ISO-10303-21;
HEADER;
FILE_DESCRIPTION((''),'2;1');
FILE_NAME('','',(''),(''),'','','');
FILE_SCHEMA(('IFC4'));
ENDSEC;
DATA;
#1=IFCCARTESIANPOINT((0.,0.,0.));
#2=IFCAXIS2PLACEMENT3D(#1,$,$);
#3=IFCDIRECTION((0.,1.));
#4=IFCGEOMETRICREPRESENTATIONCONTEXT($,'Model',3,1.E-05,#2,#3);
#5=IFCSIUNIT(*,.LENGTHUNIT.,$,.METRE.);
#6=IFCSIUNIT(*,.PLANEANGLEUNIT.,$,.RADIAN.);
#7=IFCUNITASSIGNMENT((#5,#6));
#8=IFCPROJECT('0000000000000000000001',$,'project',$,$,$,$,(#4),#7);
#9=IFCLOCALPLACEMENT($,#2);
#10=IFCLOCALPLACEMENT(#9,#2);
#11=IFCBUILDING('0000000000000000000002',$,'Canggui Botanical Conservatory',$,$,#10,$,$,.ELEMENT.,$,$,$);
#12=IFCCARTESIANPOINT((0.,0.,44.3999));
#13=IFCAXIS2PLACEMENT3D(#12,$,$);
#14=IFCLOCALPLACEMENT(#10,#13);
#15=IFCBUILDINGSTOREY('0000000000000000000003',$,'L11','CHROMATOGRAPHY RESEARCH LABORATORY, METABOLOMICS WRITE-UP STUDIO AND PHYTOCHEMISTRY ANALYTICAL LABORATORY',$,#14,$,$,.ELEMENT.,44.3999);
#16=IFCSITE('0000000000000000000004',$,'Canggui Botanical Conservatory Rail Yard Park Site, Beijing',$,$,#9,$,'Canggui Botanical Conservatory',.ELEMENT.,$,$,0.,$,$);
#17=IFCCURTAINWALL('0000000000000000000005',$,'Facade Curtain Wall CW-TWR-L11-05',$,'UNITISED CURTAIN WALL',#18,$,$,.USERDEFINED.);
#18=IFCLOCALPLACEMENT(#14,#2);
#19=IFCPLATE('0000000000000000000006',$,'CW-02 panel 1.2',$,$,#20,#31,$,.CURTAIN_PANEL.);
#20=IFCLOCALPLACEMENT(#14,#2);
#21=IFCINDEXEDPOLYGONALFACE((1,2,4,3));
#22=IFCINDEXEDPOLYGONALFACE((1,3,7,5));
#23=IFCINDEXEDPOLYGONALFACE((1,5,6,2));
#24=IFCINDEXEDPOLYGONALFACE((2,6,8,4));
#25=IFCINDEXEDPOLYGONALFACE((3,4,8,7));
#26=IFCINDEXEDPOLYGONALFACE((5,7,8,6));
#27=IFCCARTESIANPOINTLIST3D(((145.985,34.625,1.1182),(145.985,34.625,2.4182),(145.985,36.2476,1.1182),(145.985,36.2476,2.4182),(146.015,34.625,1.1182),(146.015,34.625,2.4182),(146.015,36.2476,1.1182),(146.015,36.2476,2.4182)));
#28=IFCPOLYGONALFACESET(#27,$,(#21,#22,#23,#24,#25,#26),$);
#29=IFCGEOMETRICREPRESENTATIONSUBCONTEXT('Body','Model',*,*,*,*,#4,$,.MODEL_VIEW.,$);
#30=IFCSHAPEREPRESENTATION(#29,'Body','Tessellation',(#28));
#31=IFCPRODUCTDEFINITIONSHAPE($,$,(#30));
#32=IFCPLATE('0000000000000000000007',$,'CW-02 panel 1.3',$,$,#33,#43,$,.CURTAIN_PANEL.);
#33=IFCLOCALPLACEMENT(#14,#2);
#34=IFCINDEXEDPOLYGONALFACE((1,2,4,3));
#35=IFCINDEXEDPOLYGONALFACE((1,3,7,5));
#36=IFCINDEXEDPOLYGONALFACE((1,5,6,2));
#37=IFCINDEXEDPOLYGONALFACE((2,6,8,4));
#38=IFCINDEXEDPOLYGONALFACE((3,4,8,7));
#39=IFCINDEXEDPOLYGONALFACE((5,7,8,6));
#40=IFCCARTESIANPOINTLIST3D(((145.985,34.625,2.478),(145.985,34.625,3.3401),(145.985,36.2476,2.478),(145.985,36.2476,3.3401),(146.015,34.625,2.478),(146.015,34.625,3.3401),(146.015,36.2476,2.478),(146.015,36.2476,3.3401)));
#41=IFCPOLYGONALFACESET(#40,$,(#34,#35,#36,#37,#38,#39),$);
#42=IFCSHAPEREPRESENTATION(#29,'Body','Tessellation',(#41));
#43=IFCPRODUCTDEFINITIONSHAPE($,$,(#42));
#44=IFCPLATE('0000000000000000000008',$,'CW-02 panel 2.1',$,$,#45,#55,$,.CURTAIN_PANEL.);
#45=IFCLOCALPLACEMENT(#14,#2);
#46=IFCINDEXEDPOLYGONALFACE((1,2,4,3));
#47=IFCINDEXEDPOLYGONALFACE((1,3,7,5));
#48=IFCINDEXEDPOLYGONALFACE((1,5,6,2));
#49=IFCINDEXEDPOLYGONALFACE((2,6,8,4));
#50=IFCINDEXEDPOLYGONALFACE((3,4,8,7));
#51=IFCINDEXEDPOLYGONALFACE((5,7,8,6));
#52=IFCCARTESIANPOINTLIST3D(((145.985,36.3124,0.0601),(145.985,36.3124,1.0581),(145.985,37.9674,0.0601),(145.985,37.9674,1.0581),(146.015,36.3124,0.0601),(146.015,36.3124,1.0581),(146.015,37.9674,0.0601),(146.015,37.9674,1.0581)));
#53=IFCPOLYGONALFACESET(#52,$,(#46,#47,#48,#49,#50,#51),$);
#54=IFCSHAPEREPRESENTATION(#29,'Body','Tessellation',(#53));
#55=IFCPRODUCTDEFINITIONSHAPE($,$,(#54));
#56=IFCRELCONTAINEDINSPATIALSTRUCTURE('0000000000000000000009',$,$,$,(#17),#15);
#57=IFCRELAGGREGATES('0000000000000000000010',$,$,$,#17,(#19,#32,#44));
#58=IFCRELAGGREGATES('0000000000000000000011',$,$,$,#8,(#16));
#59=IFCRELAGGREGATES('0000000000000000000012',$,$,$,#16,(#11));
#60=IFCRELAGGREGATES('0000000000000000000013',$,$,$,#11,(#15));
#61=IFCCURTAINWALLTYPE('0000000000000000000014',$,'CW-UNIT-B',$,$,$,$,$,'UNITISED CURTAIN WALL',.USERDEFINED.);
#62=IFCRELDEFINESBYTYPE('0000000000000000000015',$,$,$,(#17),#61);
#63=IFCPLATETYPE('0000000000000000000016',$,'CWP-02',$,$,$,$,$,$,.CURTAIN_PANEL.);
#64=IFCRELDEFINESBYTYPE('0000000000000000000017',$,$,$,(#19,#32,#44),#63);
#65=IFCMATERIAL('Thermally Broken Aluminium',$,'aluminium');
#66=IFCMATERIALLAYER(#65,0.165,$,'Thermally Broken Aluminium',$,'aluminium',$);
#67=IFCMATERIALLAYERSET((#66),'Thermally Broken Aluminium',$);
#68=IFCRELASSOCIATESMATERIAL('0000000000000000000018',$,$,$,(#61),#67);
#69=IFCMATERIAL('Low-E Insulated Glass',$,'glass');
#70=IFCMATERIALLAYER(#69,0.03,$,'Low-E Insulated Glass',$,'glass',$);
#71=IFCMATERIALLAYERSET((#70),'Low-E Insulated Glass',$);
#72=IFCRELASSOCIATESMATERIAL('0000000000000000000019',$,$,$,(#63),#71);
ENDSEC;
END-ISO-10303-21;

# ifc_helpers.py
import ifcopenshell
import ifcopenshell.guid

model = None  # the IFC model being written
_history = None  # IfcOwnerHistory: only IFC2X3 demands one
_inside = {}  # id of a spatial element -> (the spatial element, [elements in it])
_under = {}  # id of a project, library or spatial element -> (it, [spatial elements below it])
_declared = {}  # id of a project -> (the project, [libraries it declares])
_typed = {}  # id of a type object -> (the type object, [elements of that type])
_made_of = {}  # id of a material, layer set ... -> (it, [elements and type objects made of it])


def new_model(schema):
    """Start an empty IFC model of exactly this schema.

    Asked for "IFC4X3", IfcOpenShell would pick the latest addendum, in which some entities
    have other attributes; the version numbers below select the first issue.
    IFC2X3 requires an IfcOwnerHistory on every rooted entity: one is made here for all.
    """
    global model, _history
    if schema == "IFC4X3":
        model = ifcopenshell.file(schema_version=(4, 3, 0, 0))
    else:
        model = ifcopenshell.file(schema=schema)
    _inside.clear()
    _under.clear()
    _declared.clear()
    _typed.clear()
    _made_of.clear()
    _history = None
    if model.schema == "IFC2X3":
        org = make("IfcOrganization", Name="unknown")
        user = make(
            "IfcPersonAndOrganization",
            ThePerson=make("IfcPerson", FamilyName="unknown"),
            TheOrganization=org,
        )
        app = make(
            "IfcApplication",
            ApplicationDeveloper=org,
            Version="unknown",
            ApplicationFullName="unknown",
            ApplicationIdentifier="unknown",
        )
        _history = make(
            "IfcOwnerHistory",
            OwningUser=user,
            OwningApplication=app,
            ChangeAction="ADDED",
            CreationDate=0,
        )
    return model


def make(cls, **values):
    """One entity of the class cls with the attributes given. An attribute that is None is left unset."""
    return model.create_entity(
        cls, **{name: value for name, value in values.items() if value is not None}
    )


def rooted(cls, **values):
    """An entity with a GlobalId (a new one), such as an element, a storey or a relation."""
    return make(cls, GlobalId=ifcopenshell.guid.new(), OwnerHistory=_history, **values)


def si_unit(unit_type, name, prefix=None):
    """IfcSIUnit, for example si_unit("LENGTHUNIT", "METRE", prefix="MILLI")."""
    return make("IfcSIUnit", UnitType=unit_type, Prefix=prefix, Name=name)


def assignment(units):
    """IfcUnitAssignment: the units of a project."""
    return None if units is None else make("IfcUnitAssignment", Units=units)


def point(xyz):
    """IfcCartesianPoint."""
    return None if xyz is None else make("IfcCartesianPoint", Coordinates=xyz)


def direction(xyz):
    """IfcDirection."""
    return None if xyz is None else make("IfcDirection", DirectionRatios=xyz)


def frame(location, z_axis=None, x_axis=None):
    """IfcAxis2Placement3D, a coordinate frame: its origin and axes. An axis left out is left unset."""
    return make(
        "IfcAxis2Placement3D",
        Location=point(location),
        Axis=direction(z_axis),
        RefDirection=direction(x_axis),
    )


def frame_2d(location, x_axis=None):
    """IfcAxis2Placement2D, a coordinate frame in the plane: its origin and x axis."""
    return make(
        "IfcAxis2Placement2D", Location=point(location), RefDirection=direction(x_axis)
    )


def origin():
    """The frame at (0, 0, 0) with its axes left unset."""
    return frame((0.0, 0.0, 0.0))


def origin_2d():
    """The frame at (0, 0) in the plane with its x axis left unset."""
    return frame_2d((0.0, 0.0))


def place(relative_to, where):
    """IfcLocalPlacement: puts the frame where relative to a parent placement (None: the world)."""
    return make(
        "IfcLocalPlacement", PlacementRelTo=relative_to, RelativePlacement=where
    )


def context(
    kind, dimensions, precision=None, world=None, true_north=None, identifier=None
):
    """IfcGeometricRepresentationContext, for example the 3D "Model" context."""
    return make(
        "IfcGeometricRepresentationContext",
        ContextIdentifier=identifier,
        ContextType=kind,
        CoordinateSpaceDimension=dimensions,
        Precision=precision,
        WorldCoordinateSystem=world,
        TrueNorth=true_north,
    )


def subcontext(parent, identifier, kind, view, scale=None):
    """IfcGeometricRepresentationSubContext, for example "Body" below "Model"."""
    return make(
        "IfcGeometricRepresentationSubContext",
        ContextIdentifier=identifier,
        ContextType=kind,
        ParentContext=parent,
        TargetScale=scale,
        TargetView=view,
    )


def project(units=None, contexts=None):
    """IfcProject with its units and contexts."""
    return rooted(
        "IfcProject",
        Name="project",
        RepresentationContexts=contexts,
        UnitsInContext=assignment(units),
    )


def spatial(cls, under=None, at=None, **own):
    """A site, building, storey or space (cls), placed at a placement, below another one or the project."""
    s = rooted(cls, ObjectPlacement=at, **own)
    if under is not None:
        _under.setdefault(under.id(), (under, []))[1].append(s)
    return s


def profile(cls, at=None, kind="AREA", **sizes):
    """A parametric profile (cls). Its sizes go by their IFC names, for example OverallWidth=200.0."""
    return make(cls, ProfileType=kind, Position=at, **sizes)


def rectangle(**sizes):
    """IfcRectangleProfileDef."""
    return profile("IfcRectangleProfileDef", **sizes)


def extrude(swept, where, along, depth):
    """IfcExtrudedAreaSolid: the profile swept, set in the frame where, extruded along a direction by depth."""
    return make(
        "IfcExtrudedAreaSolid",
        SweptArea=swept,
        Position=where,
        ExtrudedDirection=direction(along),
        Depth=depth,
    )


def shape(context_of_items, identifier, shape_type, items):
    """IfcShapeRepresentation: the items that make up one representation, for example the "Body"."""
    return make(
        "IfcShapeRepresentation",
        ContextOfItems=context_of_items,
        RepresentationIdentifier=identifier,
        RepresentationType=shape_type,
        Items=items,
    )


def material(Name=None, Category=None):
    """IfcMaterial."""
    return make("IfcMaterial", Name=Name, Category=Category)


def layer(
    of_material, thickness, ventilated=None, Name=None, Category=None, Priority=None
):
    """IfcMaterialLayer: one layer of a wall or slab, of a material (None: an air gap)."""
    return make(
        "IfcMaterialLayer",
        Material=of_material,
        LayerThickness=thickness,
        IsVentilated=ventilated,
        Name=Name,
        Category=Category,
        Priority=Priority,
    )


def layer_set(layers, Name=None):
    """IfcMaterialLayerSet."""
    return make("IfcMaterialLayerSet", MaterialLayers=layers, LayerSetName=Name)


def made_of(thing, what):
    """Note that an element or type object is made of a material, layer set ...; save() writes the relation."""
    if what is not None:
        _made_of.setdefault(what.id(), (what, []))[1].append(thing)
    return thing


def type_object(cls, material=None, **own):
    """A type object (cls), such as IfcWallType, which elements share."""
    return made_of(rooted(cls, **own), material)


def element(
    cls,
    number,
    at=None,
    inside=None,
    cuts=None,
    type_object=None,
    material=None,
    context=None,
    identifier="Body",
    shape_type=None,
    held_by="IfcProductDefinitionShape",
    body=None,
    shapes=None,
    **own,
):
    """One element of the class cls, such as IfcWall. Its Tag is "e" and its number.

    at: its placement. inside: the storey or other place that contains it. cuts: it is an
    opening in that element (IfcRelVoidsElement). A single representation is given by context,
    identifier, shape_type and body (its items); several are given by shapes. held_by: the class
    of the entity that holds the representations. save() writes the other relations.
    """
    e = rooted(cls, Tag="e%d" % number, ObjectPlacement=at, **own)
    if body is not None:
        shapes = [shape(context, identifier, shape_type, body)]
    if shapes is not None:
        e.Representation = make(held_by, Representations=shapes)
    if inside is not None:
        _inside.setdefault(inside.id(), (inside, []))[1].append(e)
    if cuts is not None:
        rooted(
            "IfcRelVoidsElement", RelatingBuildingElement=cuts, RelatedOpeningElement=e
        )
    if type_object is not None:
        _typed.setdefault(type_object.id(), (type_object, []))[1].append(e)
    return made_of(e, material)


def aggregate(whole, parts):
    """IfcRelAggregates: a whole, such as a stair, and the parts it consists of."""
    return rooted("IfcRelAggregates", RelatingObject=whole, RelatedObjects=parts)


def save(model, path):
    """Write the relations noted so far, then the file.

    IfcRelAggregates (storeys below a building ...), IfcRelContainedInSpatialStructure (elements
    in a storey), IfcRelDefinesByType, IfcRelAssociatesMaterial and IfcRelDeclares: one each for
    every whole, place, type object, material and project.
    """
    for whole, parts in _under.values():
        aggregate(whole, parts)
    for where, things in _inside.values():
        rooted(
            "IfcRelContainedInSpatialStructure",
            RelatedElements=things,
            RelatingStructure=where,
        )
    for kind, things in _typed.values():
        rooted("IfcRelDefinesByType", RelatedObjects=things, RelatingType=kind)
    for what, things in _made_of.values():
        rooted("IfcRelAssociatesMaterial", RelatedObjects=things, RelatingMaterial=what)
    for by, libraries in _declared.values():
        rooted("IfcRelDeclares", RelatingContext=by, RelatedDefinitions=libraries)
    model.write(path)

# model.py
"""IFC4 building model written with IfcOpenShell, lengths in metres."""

from ifc_helpers import new_model, si_unit, direction, frame, origin, origin_2d, place, context, subcontext, project, spatial, rectangle, extrude, material, layer, layer_set, type_object, element, aggregate, save


model = new_model("IFC4")

# Units and contexts
model_context = context("Model", 3, precision=1e-05, world=origin(), true_north=direction((0.0, 1.0)))
body_context = subcontext(model_context, "Body", "Model", "MODEL_VIEW")
ifc_project = project(units=[si_unit("LENGTHUNIT", "METRE"), si_unit("PLANEANGLEUNIT", "RADIAN")], contexts=[model_context])

# Site, building, storey
site_placement = place(None, origin())
site = spatial("IfcSite", under=ifc_project, at=site_placement, Name="Canggui Botanical Conservatory Rail Yard Park Site, Beijing", LongName="Canggui Botanical Conservatory", CompositionType="ELEMENT", RefElevation=0.0)
building_placement = place(site_placement, origin())
building = spatial("IfcBuilding", under=site, at=building_placement, Name="Canggui Botanical Conservatory", CompositionType="ELEMENT")
storey_placement = place(building_placement, frame((0.0, 0.0, 44.3999)))
storey = spatial("IfcBuildingStorey", under=building, at=storey_placement, Name="L11", Description="CHROMATOGRAPHY RESEARCH LABORATORY, METABOLOMICS WRITE-UP STUDIO AND PHYTOCHEMISTRY ANALYTICAL LABORATORY", CompositionType="ELEMENT", Elevation=44.3999)

# Curtain wall, plates
ifc_material_1 = material(Name="Thermally Broken Aluminium", Category="aluminium")
ifc_layer_1 = layer(ifc_material_1, 0.165, Name="Thermally Broken Aluminium", Category="aluminium")
ifc_layer_set_1 = layer_set([ifc_layer_1], Name="Thermally Broken Aluminium")
curtain_wall_type = type_object("IfcCurtainWallType", Name="CW-UNIT-B", ElementType="UNITISED CURTAIN WALL", PredefinedType="USERDEFINED", material=ifc_layer_set_1)
curtain_wall_placement = place(storey_placement, origin())
curtain_wall = element("IfcCurtainWall", 1, at=curtain_wall_placement, inside=storey, type_object=curtain_wall_type, Name="Facade Curtain Wall CW-TWR-L11-05", ObjectType="UNITISED CURTAIN WALL", PredefinedType="USERDEFINED")
ifc_material_2 = material(Name="Low-E Insulated Glass", Category="glass")
ifc_layer_2 = layer(ifc_material_2, 0.03, Name="Low-E Insulated Glass", Category="glass")
ifc_layer_set_2 = layer_set([ifc_layer_2], Name="Low-E Insulated Glass")
plate_type = type_object("IfcPlateType", Name="CWP-02", PredefinedType="CURTAIN_PANEL", material=ifc_layer_set_2)
plate_1_placement = place(storey_placement, frame((146.0, 35.4363, 1.1182), z_axis=(0.0, 0.0, 1.0), x_axis=(0.0, 1.0, 0.0)))
plate_1 = element("IfcPlate", 2, at=plate_1_placement, type_object=plate_type, Name="CW-02 panel 1.2", PredefinedType="CURTAIN_PANEL", context=body_context, shape_type="SweptSolid", body=[
    extrude(rectangle(XDim=1.6226, YDim=0.03, at=origin_2d()), origin(), (0.0, 0.0, 1.0), 1.3),
])
plate_2_placement = place(storey_placement, frame((146.0, 35.4363, 2.478), z_axis=(0.0, 0.0, 1.0), x_axis=(0.0, 1.0, 0.0)))
plate_2 = element("IfcPlate", 3, at=plate_2_placement, type_object=plate_type, Name="CW-02 panel 1.3", PredefinedType="CURTAIN_PANEL", context=body_context, shape_type="SweptSolid", body=[
    extrude(rectangle(XDim=1.6226, YDim=0.03, at=origin_2d()), origin(), (0.0, 0.0, 1.0), 0.8621),
])
plate_3_placement = place(storey_placement, frame((146.0, 37.1399, 0.0601), z_axis=(0.0, 0.0, 1.0), x_axis=(0.0, 1.0, 0.0)))
plate_3 = element("IfcPlate", 4, at=plate_3_placement, type_object=plate_type, Name="CW-02 panel 2.1", PredefinedType="CURTAIN_PANEL", context=body_context, shape_type="SweptSolid", body=[
    extrude(rectangle(XDim=1.655, YDim=0.03, at=origin_2d()), origin(), (0.0, 0.0, 1.0), 0.998),
])
aggregate(curtain_wall, [plate_1, plate_2, plate_3])

save(model, "model.ifc")
